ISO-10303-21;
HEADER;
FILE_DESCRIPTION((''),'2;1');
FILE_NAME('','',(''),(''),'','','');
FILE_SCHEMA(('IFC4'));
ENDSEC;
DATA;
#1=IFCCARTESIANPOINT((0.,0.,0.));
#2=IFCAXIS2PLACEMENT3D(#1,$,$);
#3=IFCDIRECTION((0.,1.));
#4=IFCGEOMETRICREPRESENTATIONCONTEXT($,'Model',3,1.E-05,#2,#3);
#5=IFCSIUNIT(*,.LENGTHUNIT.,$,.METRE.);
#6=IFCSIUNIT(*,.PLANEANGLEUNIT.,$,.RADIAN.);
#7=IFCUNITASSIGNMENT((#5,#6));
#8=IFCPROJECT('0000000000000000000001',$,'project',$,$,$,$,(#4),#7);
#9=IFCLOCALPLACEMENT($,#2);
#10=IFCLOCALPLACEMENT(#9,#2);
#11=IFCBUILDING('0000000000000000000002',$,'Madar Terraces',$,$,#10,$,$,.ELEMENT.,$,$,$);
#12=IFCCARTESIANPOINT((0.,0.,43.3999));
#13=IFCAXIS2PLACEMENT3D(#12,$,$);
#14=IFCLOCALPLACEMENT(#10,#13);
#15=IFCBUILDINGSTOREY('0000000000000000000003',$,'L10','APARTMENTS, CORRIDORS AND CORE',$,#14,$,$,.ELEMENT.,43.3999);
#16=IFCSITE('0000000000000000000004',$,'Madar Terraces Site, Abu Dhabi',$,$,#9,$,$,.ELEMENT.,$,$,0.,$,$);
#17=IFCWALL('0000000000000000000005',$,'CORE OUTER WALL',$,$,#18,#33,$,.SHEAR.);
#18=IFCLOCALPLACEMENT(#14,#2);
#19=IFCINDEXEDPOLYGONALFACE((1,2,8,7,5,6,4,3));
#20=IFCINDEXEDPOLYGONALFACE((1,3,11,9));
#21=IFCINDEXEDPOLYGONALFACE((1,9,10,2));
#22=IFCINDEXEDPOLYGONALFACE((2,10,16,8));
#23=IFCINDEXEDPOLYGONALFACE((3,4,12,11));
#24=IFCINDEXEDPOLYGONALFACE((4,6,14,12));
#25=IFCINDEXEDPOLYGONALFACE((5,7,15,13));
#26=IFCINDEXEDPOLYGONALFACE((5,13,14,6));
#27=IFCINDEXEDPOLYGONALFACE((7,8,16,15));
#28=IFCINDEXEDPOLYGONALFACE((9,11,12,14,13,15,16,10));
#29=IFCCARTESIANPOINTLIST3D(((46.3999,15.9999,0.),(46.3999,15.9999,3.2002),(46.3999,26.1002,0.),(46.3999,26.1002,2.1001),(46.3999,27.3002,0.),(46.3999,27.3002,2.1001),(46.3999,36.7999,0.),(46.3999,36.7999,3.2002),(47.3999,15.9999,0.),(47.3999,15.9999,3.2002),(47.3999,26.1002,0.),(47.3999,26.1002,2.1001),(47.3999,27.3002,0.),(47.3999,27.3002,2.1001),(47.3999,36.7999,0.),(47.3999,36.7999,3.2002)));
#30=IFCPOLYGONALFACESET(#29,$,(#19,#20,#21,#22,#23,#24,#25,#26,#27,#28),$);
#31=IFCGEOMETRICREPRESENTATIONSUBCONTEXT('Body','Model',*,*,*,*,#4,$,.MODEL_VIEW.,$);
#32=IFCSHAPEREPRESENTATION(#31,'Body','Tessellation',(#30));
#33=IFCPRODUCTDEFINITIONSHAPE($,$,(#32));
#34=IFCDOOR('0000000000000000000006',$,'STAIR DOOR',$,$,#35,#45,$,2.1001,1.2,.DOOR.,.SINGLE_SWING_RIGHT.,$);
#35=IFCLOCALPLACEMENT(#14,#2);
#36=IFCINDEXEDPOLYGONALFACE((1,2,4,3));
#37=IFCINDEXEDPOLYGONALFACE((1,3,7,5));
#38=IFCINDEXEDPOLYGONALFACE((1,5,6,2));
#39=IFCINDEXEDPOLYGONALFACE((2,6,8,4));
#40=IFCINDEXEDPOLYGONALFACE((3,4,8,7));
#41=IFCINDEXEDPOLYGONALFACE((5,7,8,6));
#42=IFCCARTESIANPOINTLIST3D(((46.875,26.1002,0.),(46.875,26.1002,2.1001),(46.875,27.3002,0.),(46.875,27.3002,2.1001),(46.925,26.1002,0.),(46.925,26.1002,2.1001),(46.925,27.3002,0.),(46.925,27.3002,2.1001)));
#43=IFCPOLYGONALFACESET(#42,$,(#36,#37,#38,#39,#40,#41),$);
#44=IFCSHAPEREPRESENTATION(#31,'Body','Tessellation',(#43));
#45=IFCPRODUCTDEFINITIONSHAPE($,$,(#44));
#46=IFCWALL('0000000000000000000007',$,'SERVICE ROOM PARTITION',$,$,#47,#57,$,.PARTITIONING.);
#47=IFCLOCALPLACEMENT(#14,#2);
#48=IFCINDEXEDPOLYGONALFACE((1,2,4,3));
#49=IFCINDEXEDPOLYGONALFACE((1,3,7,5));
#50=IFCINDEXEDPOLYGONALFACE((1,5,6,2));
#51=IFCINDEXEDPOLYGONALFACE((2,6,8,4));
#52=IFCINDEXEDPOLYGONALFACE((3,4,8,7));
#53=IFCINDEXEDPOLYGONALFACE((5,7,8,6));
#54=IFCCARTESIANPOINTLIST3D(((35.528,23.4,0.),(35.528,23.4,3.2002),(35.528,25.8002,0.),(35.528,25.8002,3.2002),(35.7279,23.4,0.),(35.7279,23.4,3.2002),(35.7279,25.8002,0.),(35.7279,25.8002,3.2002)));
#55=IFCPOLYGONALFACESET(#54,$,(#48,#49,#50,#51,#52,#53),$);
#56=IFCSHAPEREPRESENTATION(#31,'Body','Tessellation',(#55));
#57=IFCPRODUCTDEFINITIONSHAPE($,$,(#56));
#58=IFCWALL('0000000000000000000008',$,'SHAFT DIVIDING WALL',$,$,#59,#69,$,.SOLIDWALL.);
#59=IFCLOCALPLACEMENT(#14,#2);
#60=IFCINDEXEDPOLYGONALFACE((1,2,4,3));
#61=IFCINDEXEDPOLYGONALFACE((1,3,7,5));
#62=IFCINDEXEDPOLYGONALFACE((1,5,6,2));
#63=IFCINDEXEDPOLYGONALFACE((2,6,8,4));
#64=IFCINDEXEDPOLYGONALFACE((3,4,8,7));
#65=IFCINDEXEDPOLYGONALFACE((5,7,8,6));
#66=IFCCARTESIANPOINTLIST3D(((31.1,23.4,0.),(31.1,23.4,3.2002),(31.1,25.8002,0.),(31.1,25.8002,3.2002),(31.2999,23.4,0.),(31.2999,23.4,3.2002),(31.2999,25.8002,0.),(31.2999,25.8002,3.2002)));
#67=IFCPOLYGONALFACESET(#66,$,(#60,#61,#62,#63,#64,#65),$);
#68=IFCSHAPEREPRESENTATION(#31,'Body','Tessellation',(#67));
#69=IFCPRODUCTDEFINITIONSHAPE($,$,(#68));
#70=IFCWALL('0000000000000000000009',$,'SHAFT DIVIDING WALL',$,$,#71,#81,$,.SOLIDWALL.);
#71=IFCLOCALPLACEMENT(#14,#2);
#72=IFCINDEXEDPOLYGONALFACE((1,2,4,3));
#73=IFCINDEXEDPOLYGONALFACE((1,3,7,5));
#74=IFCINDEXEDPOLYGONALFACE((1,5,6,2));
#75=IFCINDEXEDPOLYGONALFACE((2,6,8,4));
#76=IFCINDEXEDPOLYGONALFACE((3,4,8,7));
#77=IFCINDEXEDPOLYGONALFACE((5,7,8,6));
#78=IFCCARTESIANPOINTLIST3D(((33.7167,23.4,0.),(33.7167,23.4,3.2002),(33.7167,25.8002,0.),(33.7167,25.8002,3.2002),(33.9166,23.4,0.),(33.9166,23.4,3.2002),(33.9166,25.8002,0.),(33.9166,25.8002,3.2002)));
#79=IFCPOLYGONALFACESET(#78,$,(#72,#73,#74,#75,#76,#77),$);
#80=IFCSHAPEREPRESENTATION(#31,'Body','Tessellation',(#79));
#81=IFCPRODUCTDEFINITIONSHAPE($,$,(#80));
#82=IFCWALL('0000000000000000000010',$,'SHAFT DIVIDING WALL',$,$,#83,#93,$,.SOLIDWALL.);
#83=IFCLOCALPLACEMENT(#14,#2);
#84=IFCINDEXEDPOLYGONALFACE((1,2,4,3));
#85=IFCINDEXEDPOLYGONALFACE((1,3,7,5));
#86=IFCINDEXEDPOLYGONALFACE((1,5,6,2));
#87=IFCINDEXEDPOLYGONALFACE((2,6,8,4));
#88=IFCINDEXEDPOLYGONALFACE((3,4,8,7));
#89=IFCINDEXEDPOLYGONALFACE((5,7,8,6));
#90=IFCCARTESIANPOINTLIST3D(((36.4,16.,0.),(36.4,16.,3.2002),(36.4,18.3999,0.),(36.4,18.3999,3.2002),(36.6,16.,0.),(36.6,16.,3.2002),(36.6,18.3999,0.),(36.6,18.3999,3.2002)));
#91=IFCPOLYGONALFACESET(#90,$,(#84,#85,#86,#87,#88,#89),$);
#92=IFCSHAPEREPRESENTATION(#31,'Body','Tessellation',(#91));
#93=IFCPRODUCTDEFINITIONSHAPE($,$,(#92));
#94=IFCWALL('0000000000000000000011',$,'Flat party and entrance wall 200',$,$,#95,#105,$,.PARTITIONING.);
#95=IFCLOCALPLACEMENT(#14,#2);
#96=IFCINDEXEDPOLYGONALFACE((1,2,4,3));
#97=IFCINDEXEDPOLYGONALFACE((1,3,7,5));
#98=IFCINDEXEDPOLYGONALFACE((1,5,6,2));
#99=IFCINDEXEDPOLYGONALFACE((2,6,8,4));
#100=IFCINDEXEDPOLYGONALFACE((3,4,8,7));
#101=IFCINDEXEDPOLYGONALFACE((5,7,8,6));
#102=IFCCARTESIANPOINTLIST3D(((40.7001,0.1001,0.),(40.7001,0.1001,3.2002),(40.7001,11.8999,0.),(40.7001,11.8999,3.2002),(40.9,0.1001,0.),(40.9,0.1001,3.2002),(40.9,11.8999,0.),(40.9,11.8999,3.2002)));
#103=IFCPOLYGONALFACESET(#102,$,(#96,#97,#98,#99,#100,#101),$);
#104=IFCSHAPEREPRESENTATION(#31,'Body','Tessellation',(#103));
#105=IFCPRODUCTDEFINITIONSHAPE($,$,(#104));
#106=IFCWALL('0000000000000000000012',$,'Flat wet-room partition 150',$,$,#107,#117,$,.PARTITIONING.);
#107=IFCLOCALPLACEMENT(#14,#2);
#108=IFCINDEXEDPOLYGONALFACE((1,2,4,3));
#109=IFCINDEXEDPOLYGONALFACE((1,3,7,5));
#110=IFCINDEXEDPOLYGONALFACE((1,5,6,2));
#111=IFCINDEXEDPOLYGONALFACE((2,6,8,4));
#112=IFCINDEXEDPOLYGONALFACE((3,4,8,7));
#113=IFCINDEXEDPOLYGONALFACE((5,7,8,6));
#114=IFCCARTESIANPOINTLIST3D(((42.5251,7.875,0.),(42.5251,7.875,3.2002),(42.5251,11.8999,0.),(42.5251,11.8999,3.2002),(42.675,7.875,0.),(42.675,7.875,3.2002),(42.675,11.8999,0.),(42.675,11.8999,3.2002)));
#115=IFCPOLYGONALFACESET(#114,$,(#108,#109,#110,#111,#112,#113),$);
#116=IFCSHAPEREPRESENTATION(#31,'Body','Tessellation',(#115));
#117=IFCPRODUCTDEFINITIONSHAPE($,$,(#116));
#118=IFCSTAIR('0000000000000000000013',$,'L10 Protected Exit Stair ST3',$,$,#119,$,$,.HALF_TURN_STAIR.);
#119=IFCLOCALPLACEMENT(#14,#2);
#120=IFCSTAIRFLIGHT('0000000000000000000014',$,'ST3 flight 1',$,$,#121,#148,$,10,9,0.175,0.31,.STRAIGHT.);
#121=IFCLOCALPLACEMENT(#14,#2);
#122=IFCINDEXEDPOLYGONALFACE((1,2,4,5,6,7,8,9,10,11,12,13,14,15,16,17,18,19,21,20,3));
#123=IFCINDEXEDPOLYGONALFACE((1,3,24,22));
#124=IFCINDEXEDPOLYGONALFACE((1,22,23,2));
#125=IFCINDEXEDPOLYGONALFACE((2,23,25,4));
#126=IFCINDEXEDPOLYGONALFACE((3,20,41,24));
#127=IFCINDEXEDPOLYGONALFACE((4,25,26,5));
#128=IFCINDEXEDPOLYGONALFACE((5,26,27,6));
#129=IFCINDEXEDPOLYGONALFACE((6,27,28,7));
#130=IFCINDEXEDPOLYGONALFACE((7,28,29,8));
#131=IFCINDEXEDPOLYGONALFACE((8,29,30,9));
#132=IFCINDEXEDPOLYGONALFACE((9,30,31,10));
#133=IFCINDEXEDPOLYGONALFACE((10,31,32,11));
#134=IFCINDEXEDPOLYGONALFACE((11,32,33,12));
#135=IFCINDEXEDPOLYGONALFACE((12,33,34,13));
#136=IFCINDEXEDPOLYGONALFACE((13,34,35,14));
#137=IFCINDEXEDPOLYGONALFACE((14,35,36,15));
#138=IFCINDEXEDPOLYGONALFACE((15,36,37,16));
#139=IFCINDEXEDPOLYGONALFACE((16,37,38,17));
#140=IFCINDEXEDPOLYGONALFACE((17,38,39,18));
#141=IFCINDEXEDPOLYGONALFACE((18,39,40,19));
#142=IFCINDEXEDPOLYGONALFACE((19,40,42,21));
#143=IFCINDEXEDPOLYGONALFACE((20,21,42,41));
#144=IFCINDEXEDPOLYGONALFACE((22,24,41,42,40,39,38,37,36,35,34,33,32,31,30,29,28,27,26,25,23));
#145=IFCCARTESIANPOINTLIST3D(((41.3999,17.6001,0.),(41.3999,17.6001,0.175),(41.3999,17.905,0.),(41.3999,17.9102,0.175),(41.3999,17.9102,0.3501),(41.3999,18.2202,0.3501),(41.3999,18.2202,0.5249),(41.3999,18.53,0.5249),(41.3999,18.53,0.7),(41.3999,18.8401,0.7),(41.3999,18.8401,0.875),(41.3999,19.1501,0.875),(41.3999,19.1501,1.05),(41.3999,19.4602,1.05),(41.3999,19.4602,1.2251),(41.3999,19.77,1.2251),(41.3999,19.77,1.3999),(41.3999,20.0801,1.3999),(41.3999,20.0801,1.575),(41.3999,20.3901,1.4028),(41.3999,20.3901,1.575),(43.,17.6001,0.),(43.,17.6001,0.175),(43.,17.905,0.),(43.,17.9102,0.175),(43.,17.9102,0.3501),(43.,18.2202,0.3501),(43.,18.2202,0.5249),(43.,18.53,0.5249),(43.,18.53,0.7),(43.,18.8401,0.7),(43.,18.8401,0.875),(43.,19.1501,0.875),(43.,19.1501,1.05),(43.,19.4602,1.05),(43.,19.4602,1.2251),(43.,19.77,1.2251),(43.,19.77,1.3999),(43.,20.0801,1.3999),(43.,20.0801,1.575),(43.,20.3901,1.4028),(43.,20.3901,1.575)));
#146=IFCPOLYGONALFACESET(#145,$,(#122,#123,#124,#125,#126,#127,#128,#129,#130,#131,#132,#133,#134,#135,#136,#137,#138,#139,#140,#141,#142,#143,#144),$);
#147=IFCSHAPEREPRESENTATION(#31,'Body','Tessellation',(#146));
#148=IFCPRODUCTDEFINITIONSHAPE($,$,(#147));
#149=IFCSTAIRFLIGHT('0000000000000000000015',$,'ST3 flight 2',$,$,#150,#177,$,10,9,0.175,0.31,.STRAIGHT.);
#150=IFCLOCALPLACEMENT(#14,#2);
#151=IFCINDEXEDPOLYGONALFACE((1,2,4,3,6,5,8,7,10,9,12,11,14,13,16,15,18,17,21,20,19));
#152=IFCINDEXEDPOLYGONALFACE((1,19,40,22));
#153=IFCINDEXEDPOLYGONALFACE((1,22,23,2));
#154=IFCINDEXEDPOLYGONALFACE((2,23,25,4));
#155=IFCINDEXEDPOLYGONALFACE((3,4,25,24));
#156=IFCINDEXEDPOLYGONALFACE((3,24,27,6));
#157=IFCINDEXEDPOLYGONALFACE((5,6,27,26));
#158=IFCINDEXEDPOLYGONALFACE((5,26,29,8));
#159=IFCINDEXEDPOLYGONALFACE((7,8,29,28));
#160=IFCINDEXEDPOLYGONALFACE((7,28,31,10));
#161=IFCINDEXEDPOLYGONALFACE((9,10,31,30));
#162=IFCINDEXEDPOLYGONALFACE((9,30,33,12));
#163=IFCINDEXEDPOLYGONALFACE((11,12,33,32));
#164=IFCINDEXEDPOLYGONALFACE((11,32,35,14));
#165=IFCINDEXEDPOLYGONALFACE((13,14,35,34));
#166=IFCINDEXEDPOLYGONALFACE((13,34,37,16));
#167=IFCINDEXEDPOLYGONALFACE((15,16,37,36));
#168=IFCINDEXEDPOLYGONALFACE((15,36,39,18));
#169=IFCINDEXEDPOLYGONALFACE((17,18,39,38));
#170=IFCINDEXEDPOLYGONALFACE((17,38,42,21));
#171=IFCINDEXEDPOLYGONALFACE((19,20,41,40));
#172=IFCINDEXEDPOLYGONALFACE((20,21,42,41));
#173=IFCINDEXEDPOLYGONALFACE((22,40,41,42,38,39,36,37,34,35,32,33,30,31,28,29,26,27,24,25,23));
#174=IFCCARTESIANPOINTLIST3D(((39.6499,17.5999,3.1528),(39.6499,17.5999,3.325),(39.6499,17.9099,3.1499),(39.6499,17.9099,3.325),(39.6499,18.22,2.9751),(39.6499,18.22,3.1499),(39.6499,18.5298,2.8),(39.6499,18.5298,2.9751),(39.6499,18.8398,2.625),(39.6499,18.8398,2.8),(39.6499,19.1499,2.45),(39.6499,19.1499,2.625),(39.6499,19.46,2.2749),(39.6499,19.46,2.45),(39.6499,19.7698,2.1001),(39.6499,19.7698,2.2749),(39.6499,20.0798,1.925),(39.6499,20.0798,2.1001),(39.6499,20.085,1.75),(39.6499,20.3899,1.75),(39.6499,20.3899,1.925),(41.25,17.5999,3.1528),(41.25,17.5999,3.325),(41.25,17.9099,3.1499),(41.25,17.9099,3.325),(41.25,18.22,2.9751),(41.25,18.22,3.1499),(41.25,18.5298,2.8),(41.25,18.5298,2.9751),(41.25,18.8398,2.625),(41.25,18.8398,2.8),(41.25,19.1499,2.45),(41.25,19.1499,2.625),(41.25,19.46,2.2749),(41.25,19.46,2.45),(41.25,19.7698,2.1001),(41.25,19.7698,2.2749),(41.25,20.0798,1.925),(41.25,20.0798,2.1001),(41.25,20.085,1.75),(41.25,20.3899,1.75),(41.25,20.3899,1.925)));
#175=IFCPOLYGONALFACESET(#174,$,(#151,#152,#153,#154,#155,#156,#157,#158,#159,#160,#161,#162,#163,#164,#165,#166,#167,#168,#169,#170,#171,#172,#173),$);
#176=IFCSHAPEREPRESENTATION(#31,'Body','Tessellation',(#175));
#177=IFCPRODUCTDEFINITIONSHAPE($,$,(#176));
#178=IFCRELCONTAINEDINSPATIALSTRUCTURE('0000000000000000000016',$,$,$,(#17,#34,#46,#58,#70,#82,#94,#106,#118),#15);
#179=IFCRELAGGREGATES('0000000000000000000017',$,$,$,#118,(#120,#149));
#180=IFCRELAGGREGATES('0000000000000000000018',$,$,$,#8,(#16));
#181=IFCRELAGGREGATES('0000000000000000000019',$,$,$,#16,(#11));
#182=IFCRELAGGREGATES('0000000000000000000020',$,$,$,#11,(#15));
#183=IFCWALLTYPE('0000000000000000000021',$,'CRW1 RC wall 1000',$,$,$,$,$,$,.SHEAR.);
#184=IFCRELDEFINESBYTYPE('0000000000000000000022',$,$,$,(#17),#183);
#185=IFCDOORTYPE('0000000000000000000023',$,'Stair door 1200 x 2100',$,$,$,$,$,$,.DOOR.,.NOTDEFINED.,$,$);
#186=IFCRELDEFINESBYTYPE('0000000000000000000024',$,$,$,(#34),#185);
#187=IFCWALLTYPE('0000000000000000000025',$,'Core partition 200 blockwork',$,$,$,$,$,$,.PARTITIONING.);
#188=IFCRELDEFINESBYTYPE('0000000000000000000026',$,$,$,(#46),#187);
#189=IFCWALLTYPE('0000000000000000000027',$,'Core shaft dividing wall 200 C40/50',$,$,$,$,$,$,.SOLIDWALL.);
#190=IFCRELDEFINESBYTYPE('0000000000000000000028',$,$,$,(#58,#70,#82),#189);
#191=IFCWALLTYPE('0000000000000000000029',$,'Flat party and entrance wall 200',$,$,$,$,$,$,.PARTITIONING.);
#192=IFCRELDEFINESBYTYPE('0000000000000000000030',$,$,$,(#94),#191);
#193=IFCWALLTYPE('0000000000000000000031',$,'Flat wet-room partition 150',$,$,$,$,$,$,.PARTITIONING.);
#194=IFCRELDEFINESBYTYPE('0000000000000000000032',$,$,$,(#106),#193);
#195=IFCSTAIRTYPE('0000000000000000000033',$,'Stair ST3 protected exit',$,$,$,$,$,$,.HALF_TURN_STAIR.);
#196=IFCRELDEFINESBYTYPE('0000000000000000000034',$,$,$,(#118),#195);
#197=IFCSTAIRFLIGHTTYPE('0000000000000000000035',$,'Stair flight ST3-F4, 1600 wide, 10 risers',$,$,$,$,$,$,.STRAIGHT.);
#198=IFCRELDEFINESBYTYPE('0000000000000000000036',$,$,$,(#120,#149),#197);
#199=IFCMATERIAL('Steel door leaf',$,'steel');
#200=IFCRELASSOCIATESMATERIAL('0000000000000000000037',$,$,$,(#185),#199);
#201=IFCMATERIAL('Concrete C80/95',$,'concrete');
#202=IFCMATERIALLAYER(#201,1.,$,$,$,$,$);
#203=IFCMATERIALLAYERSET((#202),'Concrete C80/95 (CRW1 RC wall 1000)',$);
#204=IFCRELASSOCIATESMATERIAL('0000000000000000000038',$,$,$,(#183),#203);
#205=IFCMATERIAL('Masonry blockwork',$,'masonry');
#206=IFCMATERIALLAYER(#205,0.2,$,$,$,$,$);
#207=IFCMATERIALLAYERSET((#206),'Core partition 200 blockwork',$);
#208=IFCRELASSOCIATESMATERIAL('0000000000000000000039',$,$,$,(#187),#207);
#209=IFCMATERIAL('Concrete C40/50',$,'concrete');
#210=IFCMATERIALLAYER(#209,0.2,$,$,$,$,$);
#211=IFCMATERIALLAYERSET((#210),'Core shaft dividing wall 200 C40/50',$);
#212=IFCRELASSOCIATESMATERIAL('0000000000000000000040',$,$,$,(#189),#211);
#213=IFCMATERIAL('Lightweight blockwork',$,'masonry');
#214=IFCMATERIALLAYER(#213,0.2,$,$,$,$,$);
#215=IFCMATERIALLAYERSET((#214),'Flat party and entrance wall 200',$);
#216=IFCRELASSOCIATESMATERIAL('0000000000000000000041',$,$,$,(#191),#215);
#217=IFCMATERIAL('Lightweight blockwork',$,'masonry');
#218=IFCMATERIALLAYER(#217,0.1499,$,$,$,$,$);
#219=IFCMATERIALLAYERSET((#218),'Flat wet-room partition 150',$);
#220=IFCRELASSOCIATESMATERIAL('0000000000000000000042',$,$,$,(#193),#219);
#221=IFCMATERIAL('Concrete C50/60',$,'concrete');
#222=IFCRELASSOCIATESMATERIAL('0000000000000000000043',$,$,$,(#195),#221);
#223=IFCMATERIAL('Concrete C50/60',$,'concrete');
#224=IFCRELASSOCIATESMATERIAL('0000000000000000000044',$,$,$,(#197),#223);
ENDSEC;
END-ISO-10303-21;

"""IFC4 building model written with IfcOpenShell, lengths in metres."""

from ifc_helpers import new_model, si_unit, direction, frame, frame_2d, origin, place, context, subcontext, project, spatial, polyline, rectangle, outline, extrude, material, layer, layer_set, type_object, element, fill, aggregate, save


model = new_model("IFC4")

# Units and contexts
model_context = context("Model", 3, precision=1e-05, world=origin(), true_north=direction((0.0, 1.0)))
body_context = subcontext(model_context, "Body", "Model", "MODEL_VIEW")
ifc_project = project(units=[si_unit("LENGTHUNIT", "METRE"), si_unit("PLANEANGLEUNIT", "RADIAN")], contexts=[model_context])

# Site, building, storey
site_placement = place(None, origin())
site = spatial("IfcSite", under=ifc_project, at=site_placement, Name="Madar Terraces Site, Abu Dhabi", CompositionType="ELEMENT", RefElevation=0.0)
building_placement = place(site_placement, origin())
building = spatial("IfcBuilding", under=site, at=building_placement, Name="Madar Terraces", CompositionType="ELEMENT")
storey_placement = place(building_placement, frame((0.0, 0.0, 43.3999)))
storey = spatial("IfcBuildingStorey", under=building, at=storey_placement, Name="L10", Description="APARTMENTS, CORRIDORS AND CORE", CompositionType="ELEMENT", Elevation=43.3999)

# Shared definitions
ifc_material_1 = material(Name="Steel door leaf", Category="steel")
door_type_1 = type_object("IfcDoorType", Name="Stair door 1200 x 2100", OperationType="NOTDEFINED", PredefinedType="DOOR", material=ifc_material_1)

# Wall, opening, door
ifc_material_2 = material(Name="Concrete C80/95", Category="concrete")
ifc_layer_1 = layer(ifc_material_2, 1.0)
ifc_layer_set_1 = layer_set([ifc_layer_1], Name="Concrete C80/95 (CRW1 RC wall 1000)")
wall_type_1 = type_object("IfcWallType", Name="CRW1 RC wall 1000", PredefinedType="SHEAR", material=ifc_layer_set_1)
wall_1_placement = place(storey_placement, frame((46.8999, 16.0, 0.0), z_axis=(0.0, 0.0, 1.0), x_axis=(0.0, 1.0, 0.0)))
wall_1 = element("IfcWall", 1, at=wall_1_placement, inside=storey, type_object=wall_type_1, Name="CORE OUTER WALL", PredefinedType="SHEAR", context=body_context, shape_type="SweptSolid", body=[
    extrude(rectangle(XDim=20.8, YDim=1.0, at=frame_2d((10.3999, 0.0))), origin(), (0.0, 0.0, 1.0), 3.2002),
])
opening_1_placement = place(wall_1_placement, frame((10.1001, 0.0, 0.0)))
opening_1 = element("IfcOpeningElement", 2, at=opening_1_placement, cuts=wall_1, PredefinedType="OPENING", context=body_context, shape_type="SweptSolid", body=[
    extrude(rectangle(XDim=1.2, YDim=2.1001, at=frame_2d((0.6001, 1.05))), frame((0.0, 0.51, 0.0), z_axis=(0.0, -1.0, 0.0), x_axis=(1.0, 0.0, 0.0)), (0.0, 0.0, 1.0), 1.02),
])
door_1_placement = place(opening_1_placement, origin())
door_1 = element("IfcDoor", 3, at=door_1_placement, inside=storey, type_object=door_type_1, Name="STAIR DOOR", OperationType="SINGLE_SWING_RIGHT", OverallHeight=2.1001, OverallWidth=1.2, PredefinedType="DOOR", context=body_context, shape_type="SweptSolid", body=[
    extrude(rectangle(XDim=1.2, YDim=2.1001, at=frame_2d((0.6001, 1.05))), frame((0.0, 0.0249, 0.0), z_axis=(0.0, -1.0, 0.0), x_axis=(1.0, 0.0, 0.0)), (0.0, 0.0, 1.0), 0.05),
])
fill(opening_1, door_1)

# Walls
ifc_material_3 = material(Name="Masonry blockwork", Category="masonry")
ifc_layer_2 = layer(ifc_material_3, 0.2)
ifc_layer_set_2 = layer_set([ifc_layer_2], Name="Core partition 200 blockwork")
wall_type_2 = type_object("IfcWallType", Name="Core partition 200 blockwork", PredefinedType="PARTITIONING", material=ifc_layer_set_2)
wall_2_placement = place(storey_placement, frame((35.6279, 23.3999, 0.0), z_axis=(0.0, 0.0, 1.0), x_axis=(0.0, 1.0, 0.0)))
element("IfcWall", 4, at=wall_2_placement, inside=storey, type_object=wall_type_2, Name="SERVICE ROOM PARTITION", PredefinedType="PARTITIONING", context=body_context, shape_type="SweptSolid", body=[
    extrude(rectangle(XDim=2.4001, YDim=0.2, at=frame_2d((1.2002, 0.0))), origin(), (0.0, 0.0, 1.0), 3.2002),
])
ifc_material_4 = material(Name="Concrete C40/50", Category="concrete")
ifc_layer_3 = layer(ifc_material_4, 0.2)
ifc_layer_set_3 = layer_set([ifc_layer_3], Name="Core shaft dividing wall 200 C40/50")
wall_type_3 = type_object("IfcWallType", Name="Core shaft dividing wall 200 C40/50", PredefinedType="SOLIDWALL", material=ifc_layer_set_3)
for number, where, z_axis, x_axis, name in (
    (5, (31.2, 23.3999, 0.0), (0.0, 0.0, 1.0), (0.0, 1.0, 0.0), "SHAFT DIVIDING WALL"),
    (6, (33.8167, 23.3999, 0.0), (0.0, 0.0, 1.0), (0.0, 1.0, 0.0), "SHAFT DIVIDING WALL"),
):
    element("IfcWall", number, at=place(storey_placement, frame(where, z_axis=z_axis, x_axis=x_axis)), inside=storey, type_object=wall_type_3, Name=name, PredefinedType="SOLIDWALL", context=body_context, shape_type="SweptSolid", body=[
        extrude(rectangle(XDim=2.4001, YDim=0.2, at=frame_2d((1.2002, 0.0))), origin(), (0.0, 0.0, 1.0), 3.2002),
    ])
wall_3_placement = place(storey_placement, frame((36.5, 16.0, 0.0), z_axis=(0.0, 0.0, 1.0), x_axis=(0.0, 1.0, 0.0)))
element("IfcWall", 7, at=wall_3_placement, inside=storey, type_object=wall_type_3, Name="SHAFT DIVIDING WALL", PredefinedType="SOLIDWALL", context=body_context, shape_type="SweptSolid", body=[
    extrude(rectangle(XDim=2.3999, YDim=0.2, at=frame_2d((1.2, 0.0))), origin(), (0.0, 0.0, 1.0), 3.2002),
])
ifc_material_5 = material(Name="Lightweight blockwork", Category="masonry")
ifc_layer_4 = layer(ifc_material_5, 0.2)
ifc_layer_set_4 = layer_set([ifc_layer_4], Name="Flat party and entrance wall 200")
wall_type_4 = type_object("IfcWallType", Name="Flat party and entrance wall 200", PredefinedType="PARTITIONING", material=ifc_layer_set_4)
wall_4_placement = place(storey_placement, frame((40.8, 11.8999, 0.0), z_axis=(0.0, 0.0, 1.0), x_axis=(0.0, -1.0, 0.0)))
element("IfcWall", 8, at=wall_4_placement, inside=storey, type_object=wall_type_4, Name="Flat party and entrance wall 200", PredefinedType="PARTITIONING", context=body_context, shape_type="SweptSolid", body=[
    extrude(rectangle(XDim=11.7998, YDim=0.2, at=frame_2d((5.8999, 0.0))), origin(), (0.0, 0.0, 1.0), 3.2002),
])
ifc_material_6 = material(Name="Lightweight blockwork", Category="masonry")
ifc_layer_5 = layer(ifc_material_6, 0.1499)
ifc_layer_set_5 = layer_set([ifc_layer_5], Name="Flat wet-room partition 150")
wall_type_5 = type_object("IfcWallType", Name="Flat wet-room partition 150", PredefinedType="PARTITIONING", material=ifc_layer_set_5)
wall_5_placement = place(storey_placement, frame((42.6001, 11.8999, 0.0), z_axis=(0.0, 0.0, 1.0), x_axis=(0.0, -1.0, 0.0)))
element("IfcWall", 9, at=wall_5_placement, inside=storey, type_object=wall_type_5, Name="Flat wet-room partition 150", PredefinedType="PARTITIONING", context=body_context, shape_type="SweptSolid", body=[
    extrude(rectangle(XDim=4.0249, YDim=0.1499, at=frame_2d((2.0125, 0.0))), origin(), (0.0, 0.0, 1.0), 3.2002),
])

# Stair, stair flights
ifc_material_7 = material(Name="Concrete C50/60", Category="concrete")
stair_type = type_object("IfcStairType", Name="Stair ST3 protected exit", PredefinedType="HALF_TURN_STAIR", material=ifc_material_7)
stair_placement = place(storey_placement, origin())
stair = element("IfcStair", 10, at=stair_placement, inside=storey, type_object=stair_type, Name="L10 Protected Exit Stair ST3", PredefinedType="HALF_TURN_STAIR")
ifc_material_8 = material(Name="Concrete C50/60", Category="concrete")
stair_flight_type = type_object("IfcStairFlightType", Name="Stair flight ST3-F4, 1600 wide, 10 risers", PredefinedType="STRAIGHT", material=ifc_material_8)
stair_flight_1_placement = place(storey_placement, frame((42.2, 17.6001, 0.0), z_axis=(0.0, 0.0, 1.0), x_axis=(0.0, 1.0, 0.0)))
stair_flight_1 = element("IfcStairFlight", 11, at=stair_flight_1_placement, type_object=stair_flight_type, Name="ST3 flight 1", NumberOfRisers=10, NumberOfTreads=9, PredefinedType="STRAIGHT", RiserHeight=0.175, TreadLength=0.31, context=body_context, shape_type="SweptSolid", body=[
    extrude(outline(polyline([(0.0, 0.0), (0.0, 0.175), (0.3101, 0.175), (0.3101, 0.3501), (0.6201, 0.3501), (0.6201, 0.5249), (0.9299, 0.5249), (0.9299, 0.7), (1.24, 0.7), (1.24, 0.875), (1.55, 0.875), (1.55, 1.05), (1.8601, 1.05), (1.8601, 1.2251), (2.1699, 1.2251), (2.1699, 1.3999), (2.48, 1.3999), (2.48, 1.575), (2.79, 1.575), (2.79, 1.75), (2.79, 1.4028), (0.3049, 0.0), (0.0, 0.0)])), frame((0.0, 0.8, 0.0), z_axis=(0.0, -1.0, 0.0), x_axis=(1.0, 0.0, 0.0)), (0.0, 0.0, 1.0), 1.6001),
])
stair_flight_2_placement = place(storey_placement, frame((40.45, 20.3899, 1.75), z_axis=(0.0, 0.0, 1.0), x_axis=(0.0, -1.0, 0.0)))
stair_flight_2 = element("IfcStairFlight", 12, at=stair_flight_2_placement, type_object=stair_flight_type, Name="ST3 flight 2", NumberOfRisers=10, NumberOfTreads=9, PredefinedType="STRAIGHT", RiserHeight=0.175, TreadLength=0.31, context=body_context, shape_type="SweptSolid", body=[
    extrude(outline(polyline([(0.0, 0.0), (0.0, 0.175), (0.3101, 0.175), (0.3101, 0.3501), (0.6201, 0.3501), (0.6201, 0.5249), (0.9299, 0.5249), (0.9299, 0.7), (1.24, 0.7), (1.24, 0.875), (1.55, 0.875), (1.55, 1.05), (1.8601, 1.05), (1.8601, 1.2251), (2.1699, 1.2251), (2.1699, 1.3999), (2.48, 1.3999), (2.48, 1.575), (2.79, 1.575), (2.79, 1.75), (2.79, 1.4028), (0.3049, 0.0), (0.0, 0.0)])), frame((0.0, 0.8, 0.0), z_axis=(0.0, -1.0, 0.0), x_axis=(1.0, 0.0, 0.0)), (0.0, 0.0, 1.0), 1.6001),
])
aggregate(stair, [stair_flight_1, stair_flight_2])

save(model, "model.ifc")
